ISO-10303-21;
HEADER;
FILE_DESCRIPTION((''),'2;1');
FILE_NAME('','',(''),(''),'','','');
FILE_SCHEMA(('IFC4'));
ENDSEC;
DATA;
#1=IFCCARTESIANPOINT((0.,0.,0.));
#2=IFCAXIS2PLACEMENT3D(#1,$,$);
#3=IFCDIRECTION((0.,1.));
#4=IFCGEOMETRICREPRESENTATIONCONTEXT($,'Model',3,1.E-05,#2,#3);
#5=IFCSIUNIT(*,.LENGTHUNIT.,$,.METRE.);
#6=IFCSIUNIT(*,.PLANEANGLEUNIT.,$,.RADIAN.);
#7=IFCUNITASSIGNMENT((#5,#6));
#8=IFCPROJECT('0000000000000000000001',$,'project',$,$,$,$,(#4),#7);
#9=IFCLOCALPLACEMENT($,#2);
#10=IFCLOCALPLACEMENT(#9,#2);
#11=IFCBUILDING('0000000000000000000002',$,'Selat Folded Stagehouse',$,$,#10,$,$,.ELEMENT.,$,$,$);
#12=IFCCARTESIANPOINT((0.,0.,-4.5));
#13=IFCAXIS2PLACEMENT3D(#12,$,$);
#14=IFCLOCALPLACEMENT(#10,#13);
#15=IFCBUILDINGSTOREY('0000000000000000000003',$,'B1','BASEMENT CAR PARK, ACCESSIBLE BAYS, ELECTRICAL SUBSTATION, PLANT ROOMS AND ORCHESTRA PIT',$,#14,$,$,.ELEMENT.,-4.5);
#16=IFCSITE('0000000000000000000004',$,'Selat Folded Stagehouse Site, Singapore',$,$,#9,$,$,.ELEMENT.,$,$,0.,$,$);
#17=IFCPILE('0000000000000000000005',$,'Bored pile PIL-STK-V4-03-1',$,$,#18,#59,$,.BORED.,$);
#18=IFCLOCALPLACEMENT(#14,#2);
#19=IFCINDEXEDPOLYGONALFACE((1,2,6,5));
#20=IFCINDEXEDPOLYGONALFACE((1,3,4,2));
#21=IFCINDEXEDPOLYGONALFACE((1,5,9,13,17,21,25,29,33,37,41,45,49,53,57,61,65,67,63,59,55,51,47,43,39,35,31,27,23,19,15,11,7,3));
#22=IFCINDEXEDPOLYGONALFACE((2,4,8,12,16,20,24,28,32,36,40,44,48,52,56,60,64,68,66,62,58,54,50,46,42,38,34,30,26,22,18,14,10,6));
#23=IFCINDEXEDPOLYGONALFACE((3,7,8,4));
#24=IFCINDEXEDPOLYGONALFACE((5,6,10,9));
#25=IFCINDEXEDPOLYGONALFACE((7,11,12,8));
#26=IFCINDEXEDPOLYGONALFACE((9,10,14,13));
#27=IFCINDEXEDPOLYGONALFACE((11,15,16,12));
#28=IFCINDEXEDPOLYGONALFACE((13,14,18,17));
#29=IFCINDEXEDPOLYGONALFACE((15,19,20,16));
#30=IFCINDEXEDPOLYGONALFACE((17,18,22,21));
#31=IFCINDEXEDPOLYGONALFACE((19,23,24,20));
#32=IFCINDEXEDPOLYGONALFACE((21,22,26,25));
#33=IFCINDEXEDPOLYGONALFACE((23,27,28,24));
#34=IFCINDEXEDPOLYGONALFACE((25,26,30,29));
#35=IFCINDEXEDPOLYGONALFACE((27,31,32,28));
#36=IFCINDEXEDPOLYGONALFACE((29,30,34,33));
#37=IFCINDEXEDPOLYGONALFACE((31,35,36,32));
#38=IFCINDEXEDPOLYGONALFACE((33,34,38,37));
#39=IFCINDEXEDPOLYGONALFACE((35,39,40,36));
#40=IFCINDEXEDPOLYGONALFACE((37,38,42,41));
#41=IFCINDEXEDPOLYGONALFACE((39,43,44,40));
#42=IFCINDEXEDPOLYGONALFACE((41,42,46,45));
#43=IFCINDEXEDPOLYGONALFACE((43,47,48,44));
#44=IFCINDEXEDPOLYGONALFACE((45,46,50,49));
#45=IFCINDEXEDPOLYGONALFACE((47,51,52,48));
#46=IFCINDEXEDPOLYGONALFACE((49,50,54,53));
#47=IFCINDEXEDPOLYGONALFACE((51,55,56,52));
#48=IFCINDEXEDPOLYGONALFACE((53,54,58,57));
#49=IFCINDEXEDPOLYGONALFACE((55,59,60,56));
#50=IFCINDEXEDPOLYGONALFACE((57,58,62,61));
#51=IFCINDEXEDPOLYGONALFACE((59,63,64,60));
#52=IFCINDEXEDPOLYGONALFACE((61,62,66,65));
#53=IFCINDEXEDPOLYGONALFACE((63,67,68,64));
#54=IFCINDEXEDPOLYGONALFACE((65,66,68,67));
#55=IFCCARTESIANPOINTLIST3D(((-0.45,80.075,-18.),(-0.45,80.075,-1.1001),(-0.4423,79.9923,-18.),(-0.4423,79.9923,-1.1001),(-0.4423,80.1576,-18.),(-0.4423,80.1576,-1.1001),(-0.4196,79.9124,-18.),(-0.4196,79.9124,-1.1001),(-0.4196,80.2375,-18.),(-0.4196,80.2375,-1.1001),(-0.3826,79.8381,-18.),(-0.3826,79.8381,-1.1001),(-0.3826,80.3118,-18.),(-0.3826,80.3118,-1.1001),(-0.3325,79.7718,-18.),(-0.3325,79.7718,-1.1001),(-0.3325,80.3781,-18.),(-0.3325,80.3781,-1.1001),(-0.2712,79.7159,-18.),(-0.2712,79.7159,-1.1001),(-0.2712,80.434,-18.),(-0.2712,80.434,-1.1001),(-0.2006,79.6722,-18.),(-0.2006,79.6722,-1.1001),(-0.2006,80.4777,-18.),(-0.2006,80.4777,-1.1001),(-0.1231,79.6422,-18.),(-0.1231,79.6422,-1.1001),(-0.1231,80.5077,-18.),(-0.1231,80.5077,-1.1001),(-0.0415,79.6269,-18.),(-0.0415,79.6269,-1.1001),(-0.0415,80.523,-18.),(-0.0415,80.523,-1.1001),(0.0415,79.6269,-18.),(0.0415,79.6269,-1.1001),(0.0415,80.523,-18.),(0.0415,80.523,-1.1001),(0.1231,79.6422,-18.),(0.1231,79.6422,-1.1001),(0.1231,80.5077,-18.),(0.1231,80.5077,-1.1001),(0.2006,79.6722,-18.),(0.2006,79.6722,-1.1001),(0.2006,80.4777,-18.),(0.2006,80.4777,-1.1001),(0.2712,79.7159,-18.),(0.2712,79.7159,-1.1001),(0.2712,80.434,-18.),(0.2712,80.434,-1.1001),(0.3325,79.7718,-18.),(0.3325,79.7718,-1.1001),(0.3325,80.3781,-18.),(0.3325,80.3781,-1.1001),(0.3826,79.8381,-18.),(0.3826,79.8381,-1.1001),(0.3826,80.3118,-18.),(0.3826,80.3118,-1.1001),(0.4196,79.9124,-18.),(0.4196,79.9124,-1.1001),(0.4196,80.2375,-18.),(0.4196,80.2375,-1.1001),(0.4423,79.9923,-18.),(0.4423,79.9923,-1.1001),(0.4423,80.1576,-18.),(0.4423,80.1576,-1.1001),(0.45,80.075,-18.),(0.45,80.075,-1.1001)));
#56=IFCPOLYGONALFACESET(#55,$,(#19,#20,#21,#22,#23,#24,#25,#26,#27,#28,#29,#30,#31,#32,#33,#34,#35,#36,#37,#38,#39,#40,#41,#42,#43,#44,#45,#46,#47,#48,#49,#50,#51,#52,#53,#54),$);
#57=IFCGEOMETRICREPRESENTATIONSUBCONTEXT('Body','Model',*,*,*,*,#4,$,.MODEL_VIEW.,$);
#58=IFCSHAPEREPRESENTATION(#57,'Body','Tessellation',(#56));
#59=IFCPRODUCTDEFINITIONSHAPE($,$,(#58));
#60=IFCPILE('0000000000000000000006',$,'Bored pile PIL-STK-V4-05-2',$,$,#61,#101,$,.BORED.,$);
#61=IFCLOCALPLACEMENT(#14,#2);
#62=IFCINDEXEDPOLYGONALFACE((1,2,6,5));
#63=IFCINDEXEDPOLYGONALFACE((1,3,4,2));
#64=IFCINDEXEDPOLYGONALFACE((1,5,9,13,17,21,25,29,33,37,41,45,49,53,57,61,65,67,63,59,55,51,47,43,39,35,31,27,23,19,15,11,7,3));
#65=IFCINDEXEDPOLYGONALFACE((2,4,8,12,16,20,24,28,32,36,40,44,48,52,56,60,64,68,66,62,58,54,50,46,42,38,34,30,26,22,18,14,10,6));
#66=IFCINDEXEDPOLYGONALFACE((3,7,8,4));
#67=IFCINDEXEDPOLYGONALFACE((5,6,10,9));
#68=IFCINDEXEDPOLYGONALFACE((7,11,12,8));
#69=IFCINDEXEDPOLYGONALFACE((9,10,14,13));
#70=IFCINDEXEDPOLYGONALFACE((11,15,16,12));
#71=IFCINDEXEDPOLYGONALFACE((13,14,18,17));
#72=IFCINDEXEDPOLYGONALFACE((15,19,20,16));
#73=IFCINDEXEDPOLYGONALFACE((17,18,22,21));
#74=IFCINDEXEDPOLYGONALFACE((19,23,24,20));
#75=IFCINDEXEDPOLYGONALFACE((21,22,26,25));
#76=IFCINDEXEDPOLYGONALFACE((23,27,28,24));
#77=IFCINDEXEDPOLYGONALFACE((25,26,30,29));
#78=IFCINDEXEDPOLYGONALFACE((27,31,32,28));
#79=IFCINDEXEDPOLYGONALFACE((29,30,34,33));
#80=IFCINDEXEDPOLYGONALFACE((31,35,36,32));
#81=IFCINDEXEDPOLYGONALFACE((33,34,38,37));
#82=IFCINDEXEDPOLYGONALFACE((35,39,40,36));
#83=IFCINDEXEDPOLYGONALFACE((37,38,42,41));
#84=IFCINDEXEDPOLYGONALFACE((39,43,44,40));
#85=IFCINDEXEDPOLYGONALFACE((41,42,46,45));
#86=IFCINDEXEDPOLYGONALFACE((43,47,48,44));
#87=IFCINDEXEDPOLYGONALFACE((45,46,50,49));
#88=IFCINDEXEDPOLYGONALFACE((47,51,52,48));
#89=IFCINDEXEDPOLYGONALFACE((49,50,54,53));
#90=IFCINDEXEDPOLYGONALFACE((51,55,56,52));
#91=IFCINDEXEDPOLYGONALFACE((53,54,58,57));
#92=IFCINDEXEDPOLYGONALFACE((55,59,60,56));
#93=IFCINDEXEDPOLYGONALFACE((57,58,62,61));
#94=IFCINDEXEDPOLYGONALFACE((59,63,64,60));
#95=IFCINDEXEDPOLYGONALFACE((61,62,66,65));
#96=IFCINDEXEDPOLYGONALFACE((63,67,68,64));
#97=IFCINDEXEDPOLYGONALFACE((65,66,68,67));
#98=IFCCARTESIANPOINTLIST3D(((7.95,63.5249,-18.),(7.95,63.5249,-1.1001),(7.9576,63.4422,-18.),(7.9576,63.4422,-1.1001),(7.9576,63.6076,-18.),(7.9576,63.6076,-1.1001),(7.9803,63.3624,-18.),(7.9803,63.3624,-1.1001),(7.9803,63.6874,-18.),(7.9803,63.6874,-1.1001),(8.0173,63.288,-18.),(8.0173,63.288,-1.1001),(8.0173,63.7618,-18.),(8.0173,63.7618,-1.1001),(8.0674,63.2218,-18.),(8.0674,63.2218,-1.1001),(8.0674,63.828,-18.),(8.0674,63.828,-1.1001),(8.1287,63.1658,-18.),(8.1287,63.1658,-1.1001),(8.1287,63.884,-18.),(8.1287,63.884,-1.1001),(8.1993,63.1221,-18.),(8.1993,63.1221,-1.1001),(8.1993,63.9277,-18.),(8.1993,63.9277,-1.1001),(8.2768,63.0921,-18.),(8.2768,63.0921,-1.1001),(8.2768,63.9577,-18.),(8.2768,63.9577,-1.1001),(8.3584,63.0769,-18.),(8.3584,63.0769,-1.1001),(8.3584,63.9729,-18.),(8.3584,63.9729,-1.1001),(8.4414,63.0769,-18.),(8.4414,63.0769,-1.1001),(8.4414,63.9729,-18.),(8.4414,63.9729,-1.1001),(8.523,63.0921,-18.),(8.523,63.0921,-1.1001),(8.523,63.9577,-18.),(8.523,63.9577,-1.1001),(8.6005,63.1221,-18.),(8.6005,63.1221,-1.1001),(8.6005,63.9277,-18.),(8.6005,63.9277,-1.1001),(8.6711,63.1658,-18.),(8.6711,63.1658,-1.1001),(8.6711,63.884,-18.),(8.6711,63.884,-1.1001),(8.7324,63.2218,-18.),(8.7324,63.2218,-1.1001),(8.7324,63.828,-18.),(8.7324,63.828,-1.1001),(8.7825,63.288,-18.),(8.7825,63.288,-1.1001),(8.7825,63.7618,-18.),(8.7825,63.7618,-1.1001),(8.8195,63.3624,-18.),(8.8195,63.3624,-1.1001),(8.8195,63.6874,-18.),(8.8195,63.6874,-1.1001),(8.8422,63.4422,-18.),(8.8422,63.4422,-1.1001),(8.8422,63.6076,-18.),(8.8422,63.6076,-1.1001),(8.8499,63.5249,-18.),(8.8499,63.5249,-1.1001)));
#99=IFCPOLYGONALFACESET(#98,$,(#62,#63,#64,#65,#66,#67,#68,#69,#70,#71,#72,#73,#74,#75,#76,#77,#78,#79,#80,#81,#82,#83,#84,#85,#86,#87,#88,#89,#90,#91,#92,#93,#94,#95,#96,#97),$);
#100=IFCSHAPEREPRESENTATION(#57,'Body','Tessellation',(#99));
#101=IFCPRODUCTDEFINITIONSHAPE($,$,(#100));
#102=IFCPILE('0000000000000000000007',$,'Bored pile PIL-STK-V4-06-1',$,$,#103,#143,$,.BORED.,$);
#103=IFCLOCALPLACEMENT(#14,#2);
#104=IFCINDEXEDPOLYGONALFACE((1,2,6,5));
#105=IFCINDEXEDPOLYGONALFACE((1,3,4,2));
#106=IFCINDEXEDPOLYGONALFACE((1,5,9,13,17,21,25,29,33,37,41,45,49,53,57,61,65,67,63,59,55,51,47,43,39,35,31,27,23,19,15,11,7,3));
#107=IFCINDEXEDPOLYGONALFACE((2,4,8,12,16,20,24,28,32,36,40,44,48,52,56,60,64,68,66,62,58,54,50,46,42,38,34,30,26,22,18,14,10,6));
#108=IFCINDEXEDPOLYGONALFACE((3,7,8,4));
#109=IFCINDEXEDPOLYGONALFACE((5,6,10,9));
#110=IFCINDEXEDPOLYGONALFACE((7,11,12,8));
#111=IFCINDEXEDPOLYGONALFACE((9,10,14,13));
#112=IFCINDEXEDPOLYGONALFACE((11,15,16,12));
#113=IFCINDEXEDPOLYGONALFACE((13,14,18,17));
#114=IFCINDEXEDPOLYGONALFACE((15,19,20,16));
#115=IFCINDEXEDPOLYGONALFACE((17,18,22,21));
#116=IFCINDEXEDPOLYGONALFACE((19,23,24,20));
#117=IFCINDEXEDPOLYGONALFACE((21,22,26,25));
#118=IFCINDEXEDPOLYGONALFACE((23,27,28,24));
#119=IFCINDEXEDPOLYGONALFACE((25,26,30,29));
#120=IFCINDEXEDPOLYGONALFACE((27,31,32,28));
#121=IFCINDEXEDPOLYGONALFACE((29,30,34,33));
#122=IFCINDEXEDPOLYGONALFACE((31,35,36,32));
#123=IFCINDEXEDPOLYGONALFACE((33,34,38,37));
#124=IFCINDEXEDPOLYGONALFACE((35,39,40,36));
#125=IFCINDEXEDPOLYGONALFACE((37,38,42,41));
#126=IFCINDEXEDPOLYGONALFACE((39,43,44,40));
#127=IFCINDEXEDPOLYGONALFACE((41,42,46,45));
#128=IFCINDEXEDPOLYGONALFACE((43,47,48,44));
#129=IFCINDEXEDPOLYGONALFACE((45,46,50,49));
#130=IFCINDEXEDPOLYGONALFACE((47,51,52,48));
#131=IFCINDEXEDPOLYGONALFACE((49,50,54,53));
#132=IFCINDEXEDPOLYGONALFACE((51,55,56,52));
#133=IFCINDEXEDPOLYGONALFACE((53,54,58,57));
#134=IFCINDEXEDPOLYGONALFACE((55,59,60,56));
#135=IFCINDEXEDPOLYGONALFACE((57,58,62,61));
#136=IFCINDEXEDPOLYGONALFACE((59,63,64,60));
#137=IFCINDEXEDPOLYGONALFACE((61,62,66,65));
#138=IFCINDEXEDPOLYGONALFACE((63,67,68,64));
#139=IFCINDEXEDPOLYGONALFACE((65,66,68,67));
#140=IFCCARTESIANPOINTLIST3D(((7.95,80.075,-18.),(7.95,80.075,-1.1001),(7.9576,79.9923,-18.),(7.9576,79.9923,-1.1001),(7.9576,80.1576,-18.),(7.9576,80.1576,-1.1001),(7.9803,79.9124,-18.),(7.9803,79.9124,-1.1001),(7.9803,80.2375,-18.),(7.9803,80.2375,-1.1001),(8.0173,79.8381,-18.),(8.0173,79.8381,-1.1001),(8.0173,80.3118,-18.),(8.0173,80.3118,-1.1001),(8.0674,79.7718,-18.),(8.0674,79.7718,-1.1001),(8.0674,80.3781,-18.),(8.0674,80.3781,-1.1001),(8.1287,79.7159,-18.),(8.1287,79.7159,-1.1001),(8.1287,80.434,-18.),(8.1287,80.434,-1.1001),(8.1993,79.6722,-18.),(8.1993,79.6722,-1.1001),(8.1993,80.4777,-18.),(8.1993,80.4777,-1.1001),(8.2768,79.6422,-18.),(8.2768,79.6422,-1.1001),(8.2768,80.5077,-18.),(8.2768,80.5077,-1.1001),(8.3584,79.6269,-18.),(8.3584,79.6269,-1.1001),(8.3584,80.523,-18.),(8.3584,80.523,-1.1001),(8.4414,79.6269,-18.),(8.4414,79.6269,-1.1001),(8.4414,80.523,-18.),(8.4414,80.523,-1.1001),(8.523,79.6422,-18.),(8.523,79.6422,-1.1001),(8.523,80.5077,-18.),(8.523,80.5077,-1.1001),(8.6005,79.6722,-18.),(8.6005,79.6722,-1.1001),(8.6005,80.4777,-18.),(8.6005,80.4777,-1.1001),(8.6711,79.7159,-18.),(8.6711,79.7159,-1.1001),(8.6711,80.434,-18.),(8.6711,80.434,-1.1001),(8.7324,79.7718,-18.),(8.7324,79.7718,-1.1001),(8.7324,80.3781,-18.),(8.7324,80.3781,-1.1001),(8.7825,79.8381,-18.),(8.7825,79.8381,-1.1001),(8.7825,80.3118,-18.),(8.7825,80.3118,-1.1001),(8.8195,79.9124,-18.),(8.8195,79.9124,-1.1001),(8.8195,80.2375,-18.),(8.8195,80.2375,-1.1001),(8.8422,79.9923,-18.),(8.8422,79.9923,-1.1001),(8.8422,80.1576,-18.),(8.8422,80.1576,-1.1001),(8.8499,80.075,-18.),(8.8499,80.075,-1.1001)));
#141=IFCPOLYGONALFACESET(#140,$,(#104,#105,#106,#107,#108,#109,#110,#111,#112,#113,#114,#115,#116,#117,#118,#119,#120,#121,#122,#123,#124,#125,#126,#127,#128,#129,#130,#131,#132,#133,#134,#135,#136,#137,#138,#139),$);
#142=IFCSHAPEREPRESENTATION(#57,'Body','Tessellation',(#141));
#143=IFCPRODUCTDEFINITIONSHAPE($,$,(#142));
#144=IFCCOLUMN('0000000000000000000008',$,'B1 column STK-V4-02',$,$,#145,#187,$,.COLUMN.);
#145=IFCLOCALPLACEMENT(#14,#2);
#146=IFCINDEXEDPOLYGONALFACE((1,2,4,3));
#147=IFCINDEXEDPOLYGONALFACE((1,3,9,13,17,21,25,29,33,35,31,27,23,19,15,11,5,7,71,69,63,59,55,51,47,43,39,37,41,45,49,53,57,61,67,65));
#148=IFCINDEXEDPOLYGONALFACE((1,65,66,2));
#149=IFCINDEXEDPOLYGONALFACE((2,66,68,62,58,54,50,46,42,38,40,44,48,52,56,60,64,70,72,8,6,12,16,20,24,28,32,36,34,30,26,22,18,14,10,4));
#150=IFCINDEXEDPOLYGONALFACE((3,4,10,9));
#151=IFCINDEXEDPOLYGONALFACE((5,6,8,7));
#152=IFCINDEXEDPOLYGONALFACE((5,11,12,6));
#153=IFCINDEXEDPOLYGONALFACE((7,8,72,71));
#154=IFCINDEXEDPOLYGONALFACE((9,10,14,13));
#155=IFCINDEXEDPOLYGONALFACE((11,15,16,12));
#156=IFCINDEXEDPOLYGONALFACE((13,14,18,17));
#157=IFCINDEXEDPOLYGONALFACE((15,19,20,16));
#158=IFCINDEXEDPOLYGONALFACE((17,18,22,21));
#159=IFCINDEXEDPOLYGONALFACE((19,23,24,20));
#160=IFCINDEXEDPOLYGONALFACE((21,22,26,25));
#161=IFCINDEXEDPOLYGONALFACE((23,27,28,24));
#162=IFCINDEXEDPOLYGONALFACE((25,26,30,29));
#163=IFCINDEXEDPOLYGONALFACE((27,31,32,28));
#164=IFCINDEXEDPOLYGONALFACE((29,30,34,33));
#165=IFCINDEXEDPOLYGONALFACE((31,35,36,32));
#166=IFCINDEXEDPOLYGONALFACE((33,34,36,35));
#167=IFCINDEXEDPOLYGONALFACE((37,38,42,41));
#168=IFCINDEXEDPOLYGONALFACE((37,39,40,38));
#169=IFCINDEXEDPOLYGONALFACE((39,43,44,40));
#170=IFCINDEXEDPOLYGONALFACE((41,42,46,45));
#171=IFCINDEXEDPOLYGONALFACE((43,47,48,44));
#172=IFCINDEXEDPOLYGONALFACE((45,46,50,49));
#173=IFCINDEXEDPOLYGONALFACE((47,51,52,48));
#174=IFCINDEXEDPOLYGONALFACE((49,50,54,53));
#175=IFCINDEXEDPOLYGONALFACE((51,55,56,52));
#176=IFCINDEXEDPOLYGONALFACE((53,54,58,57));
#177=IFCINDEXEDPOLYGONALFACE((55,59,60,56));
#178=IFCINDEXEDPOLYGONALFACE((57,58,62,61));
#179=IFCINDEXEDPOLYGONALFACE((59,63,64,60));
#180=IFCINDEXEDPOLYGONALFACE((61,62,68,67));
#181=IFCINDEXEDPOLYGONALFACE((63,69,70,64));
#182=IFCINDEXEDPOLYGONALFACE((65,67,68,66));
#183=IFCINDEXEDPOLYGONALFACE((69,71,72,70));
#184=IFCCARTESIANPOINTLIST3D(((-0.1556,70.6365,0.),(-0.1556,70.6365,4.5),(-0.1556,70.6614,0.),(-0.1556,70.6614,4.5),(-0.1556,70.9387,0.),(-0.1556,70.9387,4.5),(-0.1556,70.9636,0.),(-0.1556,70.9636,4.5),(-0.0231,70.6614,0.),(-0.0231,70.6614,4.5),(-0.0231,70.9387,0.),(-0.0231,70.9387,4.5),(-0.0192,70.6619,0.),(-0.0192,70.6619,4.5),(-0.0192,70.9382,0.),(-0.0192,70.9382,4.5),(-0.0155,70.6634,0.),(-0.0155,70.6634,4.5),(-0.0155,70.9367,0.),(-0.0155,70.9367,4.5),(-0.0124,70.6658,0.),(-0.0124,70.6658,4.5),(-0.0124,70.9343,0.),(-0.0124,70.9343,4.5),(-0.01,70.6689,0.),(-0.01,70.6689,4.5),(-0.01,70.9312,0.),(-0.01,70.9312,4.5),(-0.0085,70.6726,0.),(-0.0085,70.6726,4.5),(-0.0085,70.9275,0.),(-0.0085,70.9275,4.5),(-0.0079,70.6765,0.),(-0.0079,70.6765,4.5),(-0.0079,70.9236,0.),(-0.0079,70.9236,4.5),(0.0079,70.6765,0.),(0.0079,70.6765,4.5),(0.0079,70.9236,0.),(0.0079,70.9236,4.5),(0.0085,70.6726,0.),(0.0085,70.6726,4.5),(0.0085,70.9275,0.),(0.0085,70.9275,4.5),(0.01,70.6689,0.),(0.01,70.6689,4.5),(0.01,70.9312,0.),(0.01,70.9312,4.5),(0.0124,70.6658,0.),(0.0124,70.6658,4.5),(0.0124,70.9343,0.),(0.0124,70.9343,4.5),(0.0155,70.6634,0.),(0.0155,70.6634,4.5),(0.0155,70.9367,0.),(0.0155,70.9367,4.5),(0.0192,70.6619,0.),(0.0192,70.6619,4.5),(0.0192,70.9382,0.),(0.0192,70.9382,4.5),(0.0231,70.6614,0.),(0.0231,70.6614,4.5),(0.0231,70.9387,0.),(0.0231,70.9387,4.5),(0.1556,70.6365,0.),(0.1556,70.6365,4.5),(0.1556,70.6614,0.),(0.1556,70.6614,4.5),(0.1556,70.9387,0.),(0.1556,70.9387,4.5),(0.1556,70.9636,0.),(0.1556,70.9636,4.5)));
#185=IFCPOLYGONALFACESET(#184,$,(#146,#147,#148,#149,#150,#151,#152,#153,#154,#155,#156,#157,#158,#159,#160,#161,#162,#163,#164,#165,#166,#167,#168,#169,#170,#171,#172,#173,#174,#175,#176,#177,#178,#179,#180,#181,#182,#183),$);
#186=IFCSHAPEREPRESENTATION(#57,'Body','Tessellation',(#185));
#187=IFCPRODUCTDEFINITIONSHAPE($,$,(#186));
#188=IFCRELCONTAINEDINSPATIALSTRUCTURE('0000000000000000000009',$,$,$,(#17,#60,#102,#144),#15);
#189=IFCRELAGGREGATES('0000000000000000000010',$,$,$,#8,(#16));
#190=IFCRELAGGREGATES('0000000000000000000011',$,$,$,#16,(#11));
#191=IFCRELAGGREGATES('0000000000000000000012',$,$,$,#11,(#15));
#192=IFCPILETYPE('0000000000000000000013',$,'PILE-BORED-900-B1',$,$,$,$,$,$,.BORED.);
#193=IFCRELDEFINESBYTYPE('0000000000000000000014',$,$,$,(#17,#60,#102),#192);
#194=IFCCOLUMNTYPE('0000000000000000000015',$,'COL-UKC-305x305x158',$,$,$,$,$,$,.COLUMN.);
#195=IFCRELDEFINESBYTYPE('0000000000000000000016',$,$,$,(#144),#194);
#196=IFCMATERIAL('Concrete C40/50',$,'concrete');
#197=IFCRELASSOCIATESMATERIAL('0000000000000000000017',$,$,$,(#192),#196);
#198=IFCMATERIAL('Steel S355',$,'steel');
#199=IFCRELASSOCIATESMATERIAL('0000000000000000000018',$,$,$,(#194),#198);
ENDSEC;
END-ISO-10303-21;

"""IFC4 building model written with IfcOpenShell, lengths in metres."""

from ifc_helpers import new_model, si_unit, direction, frame, origin, origin_2d, place, context, subcontext, project, spatial, circle, i_section, extrude, material, material_profile, profile_set, type_object, element, save


model = new_model("IFC4")

# Units and contexts
model_context = context("Model", 3, precision=1e-05, world=origin(), true_north=direction((0.0, 1.0)))
body_context = subcontext(model_context, "Body", "Model", "MODEL_VIEW")
ifc_project = project(units=[si_unit("LENGTHUNIT", "METRE"), si_unit("PLANEANGLEUNIT", "RADIAN")], contexts=[model_context])

# Site, building, storey
site_placement = place(None, origin())
site = spatial("IfcSite", under=ifc_project, at=site_placement, Name="Selat Folded Stagehouse Site, Singapore", CompositionType="ELEMENT", RefElevation=0.0)
building_placement = place(site_placement, origin())
building = spatial("IfcBuilding", under=site, at=building_placement, Name="Selat Folded Stagehouse", CompositionType="ELEMENT")
storey_placement = place(building_placement, frame((0.0, 0.0, -4.5)))
storey = spatial("IfcBuildingStorey", under=building, at=storey_placement, Name="B1", Description="BASEMENT CAR PARK, ACCESSIBLE BAYS, ELECTRICAL SUBSTATION, PLANT ROOMS AND ORCHESTRA PIT", CompositionType="ELEMENT", Elevation=-4.5)

# Shared definitions
ifc_material_1 = material(Name="Concrete C40/50", Category="concrete")

# Piles
ifc_material_profile_1 = material_profile(ifc_material_1, circle(Radius=0.45, at=origin_2d()), Name="PILE D900")
ifc_profile_set_1 = profile_set([ifc_material_profile_1], Name="Concrete C40/50")
pile_type = type_object("IfcPileType", Name="PILE-BORED-900-B1", PredefinedType="BORED", material=ifc_profile_set_1)
for number, where, z_axis, x_axis, name in (
    (1, (0.0, 80.075, -1.1001), (0.0, 0.0, -1.0), (1.0, 0.0, 0.0), "Bored pile PIL-STK-V4-03-1"),
    (2, (8.3999, 63.5249, -1.1001), (0.0, 0.0, -1.0), (1.0, 0.0, 0.0), "Bored pile PIL-STK-V4-05-2"),
    (3, (8.3999, 80.075, -1.1001), (0.0, 0.0, -1.0), (1.0, 0.0, 0.0), "Bored pile PIL-STK-V4-06-1"),
):
    element("IfcPile", number, at=place(storey_placement, frame(where, z_axis=z_axis, x_axis=x_axis)), inside=storey, type_object=pile_type, Name=name, PredefinedType="BORED", context=body_context, shape_type="SweptSolid", body=[
        extrude(circle(Radius=0.45, at=origin_2d()), origin(), (0.0, 0.0, 1.0), 16.8999),
    ])

# Column
ifc_material_2 = material(Name="Steel S355", Category="steel")
ifc_material_profile_2 = material_profile(ifc_material_2, i_section(OverallWidth=0.3113, OverallDepth=0.3271, WebThickness=0.0159, FlangeThickness=0.0249, FilletRadius=0.0151, at=origin_2d()), Name="UKC 305x305x158")
ifc_profile_set_2 = profile_set([ifc_material_profile_2], Name="Steel S355")
column_type = type_object("IfcColumnType", Name="COL-UKC-305x305x158", PredefinedType="COLUMN", material=ifc_profile_set_2)
for number, where, z_axis, x_axis, name in (
    (4, (0.0, 70.8, 0.0), (0.0, 0.0, 1.0), (1.0, 0.0, 0.0), "B1 column STK-V4-02"),
):
    element("IfcColumn", number, at=place(storey_placement, frame(where, z_axis=z_axis, x_axis=x_axis)), inside=storey, type_object=column_type, Name=name, PredefinedType="COLUMN", context=body_context, shape_type="SweptSolid", body=[
        extrude(i_section(OverallWidth=0.3113, OverallDepth=0.3271, WebThickness=0.0159, FlangeThickness=0.0249, FilletRadius=0.0151, at=origin_2d()), origin(), (0.0, 0.0, 1.0), 4.5),
    ])

save(model, "model.ifc")
